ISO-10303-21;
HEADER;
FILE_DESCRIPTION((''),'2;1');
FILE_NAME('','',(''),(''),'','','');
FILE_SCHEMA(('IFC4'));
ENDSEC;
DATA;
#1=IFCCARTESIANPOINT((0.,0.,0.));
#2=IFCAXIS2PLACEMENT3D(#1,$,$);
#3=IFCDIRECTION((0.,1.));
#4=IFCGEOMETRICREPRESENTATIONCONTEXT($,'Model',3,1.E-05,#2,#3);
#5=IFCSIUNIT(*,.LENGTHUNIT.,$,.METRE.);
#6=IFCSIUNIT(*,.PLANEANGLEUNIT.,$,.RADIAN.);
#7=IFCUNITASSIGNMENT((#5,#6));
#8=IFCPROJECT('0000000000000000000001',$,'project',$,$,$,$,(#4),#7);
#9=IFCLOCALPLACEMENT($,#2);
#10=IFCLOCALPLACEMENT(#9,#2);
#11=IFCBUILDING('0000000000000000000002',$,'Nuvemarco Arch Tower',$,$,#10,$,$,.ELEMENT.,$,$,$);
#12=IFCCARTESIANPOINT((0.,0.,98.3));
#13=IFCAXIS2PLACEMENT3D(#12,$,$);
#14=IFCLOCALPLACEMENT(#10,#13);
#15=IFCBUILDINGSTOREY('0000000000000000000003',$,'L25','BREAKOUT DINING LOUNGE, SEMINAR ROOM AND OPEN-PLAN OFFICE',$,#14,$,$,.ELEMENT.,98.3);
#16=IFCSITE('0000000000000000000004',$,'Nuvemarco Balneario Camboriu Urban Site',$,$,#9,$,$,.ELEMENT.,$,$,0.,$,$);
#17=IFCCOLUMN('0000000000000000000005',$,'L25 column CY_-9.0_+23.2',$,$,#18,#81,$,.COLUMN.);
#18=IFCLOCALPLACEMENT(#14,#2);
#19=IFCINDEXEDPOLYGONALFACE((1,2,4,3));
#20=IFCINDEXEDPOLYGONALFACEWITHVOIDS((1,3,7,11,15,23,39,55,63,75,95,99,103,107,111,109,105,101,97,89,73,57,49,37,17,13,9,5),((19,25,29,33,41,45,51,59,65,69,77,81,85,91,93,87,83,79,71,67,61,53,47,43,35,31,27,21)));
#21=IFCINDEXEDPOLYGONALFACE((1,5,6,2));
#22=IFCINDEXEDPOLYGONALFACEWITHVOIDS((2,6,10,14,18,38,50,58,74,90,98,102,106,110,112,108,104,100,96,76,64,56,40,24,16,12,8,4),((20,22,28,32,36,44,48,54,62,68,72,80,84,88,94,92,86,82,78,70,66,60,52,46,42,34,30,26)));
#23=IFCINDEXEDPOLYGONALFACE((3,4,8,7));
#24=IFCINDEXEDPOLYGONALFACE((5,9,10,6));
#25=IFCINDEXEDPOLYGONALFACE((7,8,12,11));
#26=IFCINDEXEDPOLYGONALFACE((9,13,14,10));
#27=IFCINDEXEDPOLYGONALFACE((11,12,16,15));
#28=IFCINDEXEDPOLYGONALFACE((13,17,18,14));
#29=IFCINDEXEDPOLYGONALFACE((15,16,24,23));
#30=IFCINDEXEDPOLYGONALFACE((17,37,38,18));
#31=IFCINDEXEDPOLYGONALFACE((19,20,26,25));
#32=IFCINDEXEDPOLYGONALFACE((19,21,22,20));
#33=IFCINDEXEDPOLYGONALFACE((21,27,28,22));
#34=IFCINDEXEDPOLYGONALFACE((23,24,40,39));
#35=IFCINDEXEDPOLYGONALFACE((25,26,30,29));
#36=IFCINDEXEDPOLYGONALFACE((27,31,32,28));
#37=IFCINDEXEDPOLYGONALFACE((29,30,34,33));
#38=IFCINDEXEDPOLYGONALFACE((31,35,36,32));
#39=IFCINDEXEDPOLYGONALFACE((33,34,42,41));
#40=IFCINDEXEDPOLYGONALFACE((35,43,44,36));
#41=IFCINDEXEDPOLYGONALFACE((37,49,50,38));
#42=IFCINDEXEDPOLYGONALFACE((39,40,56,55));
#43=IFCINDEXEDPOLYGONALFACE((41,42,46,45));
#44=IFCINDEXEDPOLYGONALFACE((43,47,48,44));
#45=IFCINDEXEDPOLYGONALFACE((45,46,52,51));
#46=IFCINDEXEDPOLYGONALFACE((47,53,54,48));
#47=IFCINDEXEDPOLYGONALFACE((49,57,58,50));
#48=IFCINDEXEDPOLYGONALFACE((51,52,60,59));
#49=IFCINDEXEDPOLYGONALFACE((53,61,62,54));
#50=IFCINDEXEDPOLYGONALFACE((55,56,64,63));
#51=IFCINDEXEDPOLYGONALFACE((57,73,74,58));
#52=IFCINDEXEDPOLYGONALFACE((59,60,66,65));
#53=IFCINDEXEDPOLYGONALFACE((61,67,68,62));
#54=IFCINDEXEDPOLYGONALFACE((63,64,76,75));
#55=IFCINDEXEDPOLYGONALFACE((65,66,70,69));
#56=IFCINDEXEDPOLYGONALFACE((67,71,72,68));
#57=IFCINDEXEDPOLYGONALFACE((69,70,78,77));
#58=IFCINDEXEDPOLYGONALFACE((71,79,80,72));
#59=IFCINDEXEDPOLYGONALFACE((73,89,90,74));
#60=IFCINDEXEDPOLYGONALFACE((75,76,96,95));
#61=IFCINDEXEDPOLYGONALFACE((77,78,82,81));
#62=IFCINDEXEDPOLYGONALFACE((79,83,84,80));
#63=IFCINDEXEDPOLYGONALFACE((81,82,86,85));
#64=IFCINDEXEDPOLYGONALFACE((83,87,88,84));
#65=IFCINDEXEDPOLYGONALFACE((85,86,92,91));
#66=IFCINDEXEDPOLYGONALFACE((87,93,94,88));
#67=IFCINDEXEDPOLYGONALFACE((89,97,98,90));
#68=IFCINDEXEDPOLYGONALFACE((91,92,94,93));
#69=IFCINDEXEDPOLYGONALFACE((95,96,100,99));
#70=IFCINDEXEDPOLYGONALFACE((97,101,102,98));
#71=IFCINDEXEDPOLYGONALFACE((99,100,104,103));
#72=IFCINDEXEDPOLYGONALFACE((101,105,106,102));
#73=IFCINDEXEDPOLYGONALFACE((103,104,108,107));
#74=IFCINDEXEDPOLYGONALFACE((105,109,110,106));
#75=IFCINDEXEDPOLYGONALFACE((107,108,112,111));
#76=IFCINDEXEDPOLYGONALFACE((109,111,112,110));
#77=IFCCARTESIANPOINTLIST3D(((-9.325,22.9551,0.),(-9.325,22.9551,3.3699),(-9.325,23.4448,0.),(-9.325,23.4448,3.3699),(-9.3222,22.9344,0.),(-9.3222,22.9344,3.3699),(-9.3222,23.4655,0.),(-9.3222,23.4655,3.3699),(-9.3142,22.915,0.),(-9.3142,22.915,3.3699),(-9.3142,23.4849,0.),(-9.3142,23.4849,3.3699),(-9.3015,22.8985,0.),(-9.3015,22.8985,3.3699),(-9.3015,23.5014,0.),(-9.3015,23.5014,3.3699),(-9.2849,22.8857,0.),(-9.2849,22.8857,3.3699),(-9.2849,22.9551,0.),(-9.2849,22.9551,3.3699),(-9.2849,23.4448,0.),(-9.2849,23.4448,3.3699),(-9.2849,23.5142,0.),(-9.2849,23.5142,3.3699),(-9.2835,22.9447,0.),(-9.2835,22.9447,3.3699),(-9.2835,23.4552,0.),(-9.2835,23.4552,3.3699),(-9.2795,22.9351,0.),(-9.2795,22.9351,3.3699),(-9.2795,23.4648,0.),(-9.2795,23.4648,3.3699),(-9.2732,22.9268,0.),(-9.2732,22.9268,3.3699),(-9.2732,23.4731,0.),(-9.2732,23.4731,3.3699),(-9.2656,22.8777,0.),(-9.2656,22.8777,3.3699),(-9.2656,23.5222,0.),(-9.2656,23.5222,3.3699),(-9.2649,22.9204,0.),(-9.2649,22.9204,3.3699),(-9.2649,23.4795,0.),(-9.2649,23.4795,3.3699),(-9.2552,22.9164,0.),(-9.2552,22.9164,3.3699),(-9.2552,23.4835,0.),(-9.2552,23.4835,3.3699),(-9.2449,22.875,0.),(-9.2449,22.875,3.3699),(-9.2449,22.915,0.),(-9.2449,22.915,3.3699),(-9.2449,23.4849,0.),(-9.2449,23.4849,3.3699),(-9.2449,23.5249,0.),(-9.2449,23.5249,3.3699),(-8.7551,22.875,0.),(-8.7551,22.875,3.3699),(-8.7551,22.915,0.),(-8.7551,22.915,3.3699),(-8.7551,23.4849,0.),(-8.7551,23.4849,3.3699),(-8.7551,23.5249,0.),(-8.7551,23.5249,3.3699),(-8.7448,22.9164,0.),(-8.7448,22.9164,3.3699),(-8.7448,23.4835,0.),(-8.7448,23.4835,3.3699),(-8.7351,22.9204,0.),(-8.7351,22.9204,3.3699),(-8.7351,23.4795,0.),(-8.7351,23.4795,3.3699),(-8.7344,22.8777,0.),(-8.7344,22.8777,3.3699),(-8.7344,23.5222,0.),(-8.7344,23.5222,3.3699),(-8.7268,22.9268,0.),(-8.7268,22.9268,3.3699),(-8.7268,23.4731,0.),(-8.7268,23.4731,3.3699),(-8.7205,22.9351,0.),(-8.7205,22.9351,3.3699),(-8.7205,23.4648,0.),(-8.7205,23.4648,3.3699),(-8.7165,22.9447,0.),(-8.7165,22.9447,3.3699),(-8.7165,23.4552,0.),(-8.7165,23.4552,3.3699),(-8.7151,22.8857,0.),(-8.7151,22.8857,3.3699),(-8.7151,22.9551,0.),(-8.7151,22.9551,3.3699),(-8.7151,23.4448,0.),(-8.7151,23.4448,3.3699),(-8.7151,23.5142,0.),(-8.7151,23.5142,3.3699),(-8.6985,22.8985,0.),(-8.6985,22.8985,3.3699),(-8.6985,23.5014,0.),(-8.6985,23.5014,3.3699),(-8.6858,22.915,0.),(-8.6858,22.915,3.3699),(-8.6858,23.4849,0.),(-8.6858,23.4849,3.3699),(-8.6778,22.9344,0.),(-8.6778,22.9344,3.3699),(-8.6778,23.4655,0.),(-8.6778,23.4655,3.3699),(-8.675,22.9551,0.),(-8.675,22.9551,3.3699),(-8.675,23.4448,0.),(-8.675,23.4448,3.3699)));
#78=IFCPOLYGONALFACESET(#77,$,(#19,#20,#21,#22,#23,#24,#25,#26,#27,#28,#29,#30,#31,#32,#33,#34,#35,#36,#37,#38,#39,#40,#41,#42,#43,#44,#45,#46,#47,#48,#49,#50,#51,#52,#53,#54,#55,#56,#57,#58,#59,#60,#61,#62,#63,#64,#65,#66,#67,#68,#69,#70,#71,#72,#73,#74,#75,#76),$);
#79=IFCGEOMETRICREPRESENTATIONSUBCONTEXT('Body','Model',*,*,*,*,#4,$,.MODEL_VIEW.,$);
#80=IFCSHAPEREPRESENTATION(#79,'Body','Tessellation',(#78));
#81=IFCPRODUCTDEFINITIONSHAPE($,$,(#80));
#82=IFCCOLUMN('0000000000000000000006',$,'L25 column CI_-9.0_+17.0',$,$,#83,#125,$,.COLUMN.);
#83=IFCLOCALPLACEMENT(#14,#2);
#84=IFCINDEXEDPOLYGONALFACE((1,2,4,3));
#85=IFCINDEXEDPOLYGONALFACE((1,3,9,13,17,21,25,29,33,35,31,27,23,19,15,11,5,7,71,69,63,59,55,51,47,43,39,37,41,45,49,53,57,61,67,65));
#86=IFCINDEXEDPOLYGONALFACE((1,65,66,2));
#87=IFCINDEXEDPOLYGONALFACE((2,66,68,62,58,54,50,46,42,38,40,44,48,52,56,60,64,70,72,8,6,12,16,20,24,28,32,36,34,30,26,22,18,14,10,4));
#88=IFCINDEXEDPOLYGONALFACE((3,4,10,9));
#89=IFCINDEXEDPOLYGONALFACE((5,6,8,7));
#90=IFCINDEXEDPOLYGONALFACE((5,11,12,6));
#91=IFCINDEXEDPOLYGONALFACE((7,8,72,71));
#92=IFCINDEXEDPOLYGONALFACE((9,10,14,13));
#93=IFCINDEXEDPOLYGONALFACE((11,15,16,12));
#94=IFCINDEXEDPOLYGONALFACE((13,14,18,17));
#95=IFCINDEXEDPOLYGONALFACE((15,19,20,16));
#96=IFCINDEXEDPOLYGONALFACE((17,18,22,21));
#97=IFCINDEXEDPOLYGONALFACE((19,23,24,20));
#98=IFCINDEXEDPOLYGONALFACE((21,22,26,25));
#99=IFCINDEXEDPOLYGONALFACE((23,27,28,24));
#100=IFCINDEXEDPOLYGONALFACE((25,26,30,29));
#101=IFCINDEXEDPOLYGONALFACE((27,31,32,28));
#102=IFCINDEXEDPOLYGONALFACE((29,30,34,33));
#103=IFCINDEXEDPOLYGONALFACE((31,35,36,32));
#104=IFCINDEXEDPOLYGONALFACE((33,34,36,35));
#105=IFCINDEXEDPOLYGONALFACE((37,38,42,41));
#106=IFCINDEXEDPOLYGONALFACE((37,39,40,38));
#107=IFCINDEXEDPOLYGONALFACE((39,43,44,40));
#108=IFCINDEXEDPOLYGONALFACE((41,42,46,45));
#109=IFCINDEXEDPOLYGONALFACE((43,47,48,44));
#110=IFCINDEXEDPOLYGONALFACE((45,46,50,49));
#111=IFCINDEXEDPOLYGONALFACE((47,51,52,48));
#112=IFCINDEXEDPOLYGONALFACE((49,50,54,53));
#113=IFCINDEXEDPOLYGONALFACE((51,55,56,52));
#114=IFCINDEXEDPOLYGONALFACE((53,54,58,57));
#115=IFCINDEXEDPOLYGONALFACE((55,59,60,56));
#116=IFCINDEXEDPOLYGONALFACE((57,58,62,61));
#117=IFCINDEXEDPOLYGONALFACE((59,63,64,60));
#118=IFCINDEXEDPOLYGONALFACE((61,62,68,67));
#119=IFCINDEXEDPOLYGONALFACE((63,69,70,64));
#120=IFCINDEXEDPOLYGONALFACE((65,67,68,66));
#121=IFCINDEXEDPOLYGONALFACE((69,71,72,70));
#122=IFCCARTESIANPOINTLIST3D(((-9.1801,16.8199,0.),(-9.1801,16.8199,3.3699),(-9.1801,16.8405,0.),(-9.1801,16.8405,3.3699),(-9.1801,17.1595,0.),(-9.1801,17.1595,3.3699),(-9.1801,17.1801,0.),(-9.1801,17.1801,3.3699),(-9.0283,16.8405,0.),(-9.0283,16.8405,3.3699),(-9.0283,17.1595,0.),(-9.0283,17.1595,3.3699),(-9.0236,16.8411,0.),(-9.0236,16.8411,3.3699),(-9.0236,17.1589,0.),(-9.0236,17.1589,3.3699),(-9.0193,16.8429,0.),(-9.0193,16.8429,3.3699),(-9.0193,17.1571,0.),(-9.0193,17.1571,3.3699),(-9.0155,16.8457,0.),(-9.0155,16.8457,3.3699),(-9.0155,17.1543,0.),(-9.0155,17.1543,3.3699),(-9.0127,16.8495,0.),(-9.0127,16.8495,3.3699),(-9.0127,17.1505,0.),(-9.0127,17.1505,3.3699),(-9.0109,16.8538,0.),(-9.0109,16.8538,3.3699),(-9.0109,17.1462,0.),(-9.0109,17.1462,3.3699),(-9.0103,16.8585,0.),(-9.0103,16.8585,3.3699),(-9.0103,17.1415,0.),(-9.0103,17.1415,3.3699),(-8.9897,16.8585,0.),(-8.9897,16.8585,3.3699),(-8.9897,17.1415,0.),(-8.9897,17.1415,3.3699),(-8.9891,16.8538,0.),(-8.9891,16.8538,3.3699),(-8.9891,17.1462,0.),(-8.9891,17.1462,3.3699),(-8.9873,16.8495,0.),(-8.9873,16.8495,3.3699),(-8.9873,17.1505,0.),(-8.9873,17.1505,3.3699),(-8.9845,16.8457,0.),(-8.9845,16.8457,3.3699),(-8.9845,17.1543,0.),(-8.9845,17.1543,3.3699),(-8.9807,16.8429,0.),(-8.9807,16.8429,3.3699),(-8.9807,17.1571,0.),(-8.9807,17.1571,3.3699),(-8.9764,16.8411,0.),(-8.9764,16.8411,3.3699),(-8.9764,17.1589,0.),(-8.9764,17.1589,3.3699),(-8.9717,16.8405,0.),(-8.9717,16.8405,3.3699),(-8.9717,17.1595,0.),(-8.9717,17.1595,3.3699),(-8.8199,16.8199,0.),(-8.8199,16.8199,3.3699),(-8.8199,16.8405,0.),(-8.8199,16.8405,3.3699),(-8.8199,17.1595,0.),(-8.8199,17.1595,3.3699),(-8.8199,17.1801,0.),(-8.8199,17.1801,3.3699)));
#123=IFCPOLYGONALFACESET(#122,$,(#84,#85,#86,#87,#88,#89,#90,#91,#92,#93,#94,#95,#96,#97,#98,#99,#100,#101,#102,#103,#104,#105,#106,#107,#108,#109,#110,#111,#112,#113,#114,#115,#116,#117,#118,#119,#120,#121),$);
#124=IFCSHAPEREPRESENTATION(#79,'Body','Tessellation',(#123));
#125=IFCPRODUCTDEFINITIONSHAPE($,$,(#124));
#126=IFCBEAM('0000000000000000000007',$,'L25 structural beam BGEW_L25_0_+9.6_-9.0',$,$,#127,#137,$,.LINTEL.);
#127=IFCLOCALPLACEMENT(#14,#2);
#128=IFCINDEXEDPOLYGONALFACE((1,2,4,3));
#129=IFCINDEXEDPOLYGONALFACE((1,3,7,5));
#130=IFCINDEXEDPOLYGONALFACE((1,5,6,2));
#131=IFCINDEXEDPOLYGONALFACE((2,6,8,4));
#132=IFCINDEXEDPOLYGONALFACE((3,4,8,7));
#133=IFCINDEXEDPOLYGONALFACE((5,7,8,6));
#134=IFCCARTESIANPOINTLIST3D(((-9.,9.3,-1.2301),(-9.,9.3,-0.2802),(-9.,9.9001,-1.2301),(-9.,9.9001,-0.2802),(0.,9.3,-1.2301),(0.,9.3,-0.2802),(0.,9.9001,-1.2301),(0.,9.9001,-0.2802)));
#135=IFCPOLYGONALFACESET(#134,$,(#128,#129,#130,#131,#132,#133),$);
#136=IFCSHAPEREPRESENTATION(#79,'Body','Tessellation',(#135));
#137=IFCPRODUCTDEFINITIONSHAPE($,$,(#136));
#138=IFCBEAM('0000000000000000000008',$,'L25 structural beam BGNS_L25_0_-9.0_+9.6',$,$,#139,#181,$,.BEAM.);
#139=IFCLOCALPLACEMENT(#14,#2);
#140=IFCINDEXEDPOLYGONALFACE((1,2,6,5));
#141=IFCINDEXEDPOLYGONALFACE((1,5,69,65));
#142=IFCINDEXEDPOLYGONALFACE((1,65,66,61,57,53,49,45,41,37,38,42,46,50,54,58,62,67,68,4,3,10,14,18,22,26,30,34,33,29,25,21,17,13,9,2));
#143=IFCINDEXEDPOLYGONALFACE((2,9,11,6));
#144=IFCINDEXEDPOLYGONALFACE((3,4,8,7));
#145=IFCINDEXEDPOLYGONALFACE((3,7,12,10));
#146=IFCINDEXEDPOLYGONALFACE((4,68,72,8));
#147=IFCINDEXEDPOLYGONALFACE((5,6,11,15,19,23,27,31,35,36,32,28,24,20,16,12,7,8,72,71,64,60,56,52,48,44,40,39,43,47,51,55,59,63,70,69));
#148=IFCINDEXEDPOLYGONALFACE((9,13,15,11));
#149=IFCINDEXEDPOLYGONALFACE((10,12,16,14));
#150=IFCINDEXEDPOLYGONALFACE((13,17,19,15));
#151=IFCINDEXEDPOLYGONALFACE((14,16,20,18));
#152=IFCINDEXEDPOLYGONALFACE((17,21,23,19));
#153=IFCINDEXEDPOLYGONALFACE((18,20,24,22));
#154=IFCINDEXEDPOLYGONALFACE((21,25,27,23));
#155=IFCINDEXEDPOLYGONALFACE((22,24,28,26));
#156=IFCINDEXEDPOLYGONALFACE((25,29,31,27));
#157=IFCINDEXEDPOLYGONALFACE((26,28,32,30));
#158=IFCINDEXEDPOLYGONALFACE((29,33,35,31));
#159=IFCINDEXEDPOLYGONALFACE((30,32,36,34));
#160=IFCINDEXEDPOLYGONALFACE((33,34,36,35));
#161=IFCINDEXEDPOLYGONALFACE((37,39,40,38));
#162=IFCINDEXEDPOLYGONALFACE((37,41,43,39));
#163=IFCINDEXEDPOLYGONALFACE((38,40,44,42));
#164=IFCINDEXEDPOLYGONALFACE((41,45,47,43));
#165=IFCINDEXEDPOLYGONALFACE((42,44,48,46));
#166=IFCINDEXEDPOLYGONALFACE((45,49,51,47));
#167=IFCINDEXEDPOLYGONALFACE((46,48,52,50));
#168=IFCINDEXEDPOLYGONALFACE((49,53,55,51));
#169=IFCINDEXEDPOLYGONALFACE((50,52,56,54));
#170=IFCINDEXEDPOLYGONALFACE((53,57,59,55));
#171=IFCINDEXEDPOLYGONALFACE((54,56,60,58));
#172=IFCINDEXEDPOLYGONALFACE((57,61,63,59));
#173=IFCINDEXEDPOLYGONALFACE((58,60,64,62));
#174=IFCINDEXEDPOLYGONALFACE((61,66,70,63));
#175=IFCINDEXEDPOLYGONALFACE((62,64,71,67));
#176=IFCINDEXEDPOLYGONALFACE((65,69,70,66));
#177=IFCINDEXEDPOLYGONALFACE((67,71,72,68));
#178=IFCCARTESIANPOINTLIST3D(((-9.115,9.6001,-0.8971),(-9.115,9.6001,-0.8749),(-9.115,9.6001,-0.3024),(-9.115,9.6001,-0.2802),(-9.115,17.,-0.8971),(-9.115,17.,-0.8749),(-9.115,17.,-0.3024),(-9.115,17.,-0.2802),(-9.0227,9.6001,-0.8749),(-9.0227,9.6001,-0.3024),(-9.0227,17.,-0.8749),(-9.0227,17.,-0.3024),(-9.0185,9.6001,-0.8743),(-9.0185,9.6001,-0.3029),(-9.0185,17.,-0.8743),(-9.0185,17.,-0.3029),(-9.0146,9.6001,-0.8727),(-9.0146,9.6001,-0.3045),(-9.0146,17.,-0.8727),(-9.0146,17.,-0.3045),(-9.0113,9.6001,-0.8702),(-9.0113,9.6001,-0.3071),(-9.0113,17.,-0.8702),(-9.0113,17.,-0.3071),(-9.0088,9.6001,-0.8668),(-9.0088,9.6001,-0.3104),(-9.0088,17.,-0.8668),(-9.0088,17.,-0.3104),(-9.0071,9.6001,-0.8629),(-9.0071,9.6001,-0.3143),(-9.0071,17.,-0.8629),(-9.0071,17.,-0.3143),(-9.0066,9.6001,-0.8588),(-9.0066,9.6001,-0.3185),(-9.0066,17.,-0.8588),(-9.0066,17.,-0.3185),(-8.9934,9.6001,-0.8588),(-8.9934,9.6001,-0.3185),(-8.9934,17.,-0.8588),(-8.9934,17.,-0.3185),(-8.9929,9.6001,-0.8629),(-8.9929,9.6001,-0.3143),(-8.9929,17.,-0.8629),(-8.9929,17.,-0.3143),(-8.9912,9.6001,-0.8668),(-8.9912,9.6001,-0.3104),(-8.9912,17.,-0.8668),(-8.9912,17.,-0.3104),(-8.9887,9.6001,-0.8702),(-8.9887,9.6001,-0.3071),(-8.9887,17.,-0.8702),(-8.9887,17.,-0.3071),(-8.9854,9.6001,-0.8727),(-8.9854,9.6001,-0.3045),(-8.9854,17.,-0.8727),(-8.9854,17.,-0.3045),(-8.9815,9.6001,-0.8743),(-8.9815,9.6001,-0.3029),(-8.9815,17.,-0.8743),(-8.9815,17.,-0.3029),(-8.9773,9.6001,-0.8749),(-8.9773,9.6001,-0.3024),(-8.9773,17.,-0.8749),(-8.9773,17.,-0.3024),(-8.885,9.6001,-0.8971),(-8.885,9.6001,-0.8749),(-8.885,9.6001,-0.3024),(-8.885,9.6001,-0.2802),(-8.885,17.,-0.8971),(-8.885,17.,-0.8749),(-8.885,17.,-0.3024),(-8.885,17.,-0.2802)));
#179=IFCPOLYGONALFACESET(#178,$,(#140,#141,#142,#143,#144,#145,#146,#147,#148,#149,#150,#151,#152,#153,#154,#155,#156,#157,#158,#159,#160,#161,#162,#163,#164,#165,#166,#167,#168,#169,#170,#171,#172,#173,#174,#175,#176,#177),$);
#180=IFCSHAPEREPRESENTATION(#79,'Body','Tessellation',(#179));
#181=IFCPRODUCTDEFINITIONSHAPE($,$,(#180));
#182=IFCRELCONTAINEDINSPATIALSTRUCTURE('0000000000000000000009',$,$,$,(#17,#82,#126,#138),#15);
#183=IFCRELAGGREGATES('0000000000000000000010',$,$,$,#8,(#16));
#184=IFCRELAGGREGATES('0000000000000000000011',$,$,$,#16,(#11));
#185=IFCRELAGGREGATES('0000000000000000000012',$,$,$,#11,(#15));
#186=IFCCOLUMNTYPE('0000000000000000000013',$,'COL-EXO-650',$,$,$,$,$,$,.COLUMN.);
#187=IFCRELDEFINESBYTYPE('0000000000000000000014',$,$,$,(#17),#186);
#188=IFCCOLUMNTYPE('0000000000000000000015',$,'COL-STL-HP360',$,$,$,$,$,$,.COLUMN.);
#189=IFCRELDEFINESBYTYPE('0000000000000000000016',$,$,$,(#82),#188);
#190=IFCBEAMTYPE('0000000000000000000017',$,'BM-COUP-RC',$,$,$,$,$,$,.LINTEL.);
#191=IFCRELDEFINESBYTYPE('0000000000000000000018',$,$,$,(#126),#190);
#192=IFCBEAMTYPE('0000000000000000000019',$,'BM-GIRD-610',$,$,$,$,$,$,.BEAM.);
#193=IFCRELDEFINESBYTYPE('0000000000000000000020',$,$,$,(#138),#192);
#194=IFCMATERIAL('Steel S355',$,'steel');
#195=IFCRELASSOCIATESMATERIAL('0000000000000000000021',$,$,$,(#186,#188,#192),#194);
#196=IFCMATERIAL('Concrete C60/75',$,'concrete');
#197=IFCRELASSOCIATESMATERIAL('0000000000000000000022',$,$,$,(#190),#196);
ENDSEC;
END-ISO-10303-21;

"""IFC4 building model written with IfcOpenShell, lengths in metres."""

from ifc_helpers import new_model, si_unit, direction, frame, origin, origin_2d, place, context, subcontext, project, spatial, rectangle, hollow_rectangle, i_section, extrude, material, material_profile, profile_set, type_object, element, save


model = new_model("IFC4")

# Units and contexts
model_context = context("Model", 3, precision=1e-05, world=origin(), true_north=direction((0.0, 1.0)))
body_context = subcontext(model_context, "Body", "Model", "MODEL_VIEW")
ifc_project = project(units=[si_unit("LENGTHUNIT", "METRE"), si_unit("PLANEANGLEUNIT", "RADIAN")], contexts=[model_context])

# Site, building, storey
site_placement = place(None, origin())
site = spatial("IfcSite", under=ifc_project, at=site_placement, Name="Nuvemarco Balneario Camboriu Urban Site", CompositionType="ELEMENT", RefElevation=0.0)
building_placement = place(site_placement, origin())
building = spatial("IfcBuilding", under=site, at=building_placement, Name="Nuvemarco Arch Tower", CompositionType="ELEMENT")
storey_placement = place(building_placement, frame((0.0, 0.0, 98.3)))
storey = spatial("IfcBuildingStorey", under=building, at=storey_placement, Name="L25", Description="BREAKOUT DINING LOUNGE, SEMINAR ROOM AND OPEN-PLAN OFFICE", CompositionType="ELEMENT", Elevation=98.3)

# Columns
ifc_material_1 = material(Name="Steel S355", Category="steel")
ifc_material_profile_1 = material_profile(ifc_material_1, hollow_rectangle(XDim=0.6499, YDim=0.6499, WallThickness=0.04, InnerFilletRadius=0.04, OuterFilletRadius=0.0801, at=origin_2d()), Name="SHS650x650x40")
ifc_profile_set_1 = profile_set([ifc_material_profile_1], Name="Steel S355")
column_type_1 = type_object("IfcColumnType", Name="COL-EXO-650", PredefinedType="COLUMN", material=ifc_profile_set_1)
column_1_placement = place(storey_placement, frame((-9.0, 23.2, 0.0), z_axis=(0.0, 0.0, 1.0), x_axis=(1.0, 0.0, 0.0)))
element("IfcColumn", 1, at=column_1_placement, inside=storey, type_object=column_type_1, Name="L25 column CY_-9.0_+23.2", PredefinedType="COLUMN", context=body_context, shape_type="SweptSolid", body=[
    extrude(hollow_rectangle(XDim=0.6499, YDim=0.6499, WallThickness=0.04, InnerFilletRadius=0.04, OuterFilletRadius=0.0801, at=origin_2d()), origin(), (0.0, 0.0, 1.0), 3.3699),
])
ifc_material_profile_2 = material_profile(ifc_material_1, i_section(OverallWidth=0.3601, OverallDepth=0.3601, WebThickness=0.0205, FlangeThickness=0.0205, FilletRadius=0.0181, at=origin_2d()), Name="HP360x174")
ifc_profile_set_2 = profile_set([ifc_material_profile_2], Name="Steel S355")
column_type_2 = type_object("IfcColumnType", Name="COL-STL-HP360", PredefinedType="COLUMN", material=ifc_profile_set_2)
column_2_placement = place(storey_placement, frame((-9.0, 17.0, 0.0), z_axis=(0.0, 0.0, 1.0), x_axis=(1.0, 0.0, 0.0)))
element("IfcColumn", 2, at=column_2_placement, inside=storey, type_object=column_type_2, Name="L25 column CI_-9.0_+17.0", PredefinedType="COLUMN", context=body_context, shape_type="SweptSolid", body=[
    extrude(i_section(OverallWidth=0.3601, OverallDepth=0.3601, WebThickness=0.0205, FlangeThickness=0.0205, FilletRadius=0.0181, at=origin_2d()), origin(), (0.0, 0.0, 1.0), 3.3699),
])

# Beams
ifc_material_2 = material(Name="Concrete C60/75", Category="concrete")
ifc_material_profile_3 = material_profile(ifc_material_2, rectangle(XDim=0.6001, YDim=0.95, at=origin_2d()), Name="RC-BM-600x950")
ifc_profile_set_3 = profile_set([ifc_material_profile_3], Name="Concrete C60/75")
beam_type_1 = type_object("IfcBeamType", Name="BM-COUP-RC", PredefinedType="LINTEL", material=ifc_profile_set_3)
beam_1_placement = place(storey_placement, frame((-9.0, 9.6001, -0.7551), z_axis=(1.0, 0.0, 0.0), x_axis=(0.0, 1.0, 0.0)))
element("IfcBeam", 3, at=beam_1_placement, inside=storey, type_object=beam_type_1, Name="L25 structural beam BGEW_L25_0_+9.6_-9.0", PredefinedType="LINTEL", context=body_context, shape_type="SweptSolid", body=[
    extrude(rectangle(XDim=0.6001, YDim=0.95, at=origin_2d()), origin(), (0.0, 0.0, 1.0), 9.0),
])
ifc_material_profile_4 = material_profile(ifc_material_1, i_section(OverallWidth=0.23, OverallDepth=0.6169, WebThickness=0.0132, FlangeThickness=0.0222, FilletRadius=0.0161, at=origin_2d()), Name="W610x140")
ifc_profile_set_4 = profile_set([ifc_material_profile_4], Name="Steel S355")
beam_type_2 = type_object("IfcBeamType", Name="BM-GIRD-610", PredefinedType="BEAM", material=ifc_profile_set_4)
beam_2_placement = place(storey_placement, frame((-9.0, 9.6001, -0.5886), z_axis=(0.0, 1.0, 0.0), x_axis=(-1.0, 0.0, 0.0)))
element("IfcBeam", 4, at=beam_2_placement, inside=storey, type_object=beam_type_2, Name="L25 structural beam BGNS_L25_0_-9.0_+9.6", PredefinedType="BEAM", context=body_context, shape_type="SweptSolid", body=[
    extrude(i_section(OverallWidth=0.23, OverallDepth=0.6169, WebThickness=0.0132, FlangeThickness=0.0222, FilletRadius=0.0161, at=origin_2d()), origin(), (0.0, 0.0, 1.0), 7.3999),
])

save(model, "model.ifc")
